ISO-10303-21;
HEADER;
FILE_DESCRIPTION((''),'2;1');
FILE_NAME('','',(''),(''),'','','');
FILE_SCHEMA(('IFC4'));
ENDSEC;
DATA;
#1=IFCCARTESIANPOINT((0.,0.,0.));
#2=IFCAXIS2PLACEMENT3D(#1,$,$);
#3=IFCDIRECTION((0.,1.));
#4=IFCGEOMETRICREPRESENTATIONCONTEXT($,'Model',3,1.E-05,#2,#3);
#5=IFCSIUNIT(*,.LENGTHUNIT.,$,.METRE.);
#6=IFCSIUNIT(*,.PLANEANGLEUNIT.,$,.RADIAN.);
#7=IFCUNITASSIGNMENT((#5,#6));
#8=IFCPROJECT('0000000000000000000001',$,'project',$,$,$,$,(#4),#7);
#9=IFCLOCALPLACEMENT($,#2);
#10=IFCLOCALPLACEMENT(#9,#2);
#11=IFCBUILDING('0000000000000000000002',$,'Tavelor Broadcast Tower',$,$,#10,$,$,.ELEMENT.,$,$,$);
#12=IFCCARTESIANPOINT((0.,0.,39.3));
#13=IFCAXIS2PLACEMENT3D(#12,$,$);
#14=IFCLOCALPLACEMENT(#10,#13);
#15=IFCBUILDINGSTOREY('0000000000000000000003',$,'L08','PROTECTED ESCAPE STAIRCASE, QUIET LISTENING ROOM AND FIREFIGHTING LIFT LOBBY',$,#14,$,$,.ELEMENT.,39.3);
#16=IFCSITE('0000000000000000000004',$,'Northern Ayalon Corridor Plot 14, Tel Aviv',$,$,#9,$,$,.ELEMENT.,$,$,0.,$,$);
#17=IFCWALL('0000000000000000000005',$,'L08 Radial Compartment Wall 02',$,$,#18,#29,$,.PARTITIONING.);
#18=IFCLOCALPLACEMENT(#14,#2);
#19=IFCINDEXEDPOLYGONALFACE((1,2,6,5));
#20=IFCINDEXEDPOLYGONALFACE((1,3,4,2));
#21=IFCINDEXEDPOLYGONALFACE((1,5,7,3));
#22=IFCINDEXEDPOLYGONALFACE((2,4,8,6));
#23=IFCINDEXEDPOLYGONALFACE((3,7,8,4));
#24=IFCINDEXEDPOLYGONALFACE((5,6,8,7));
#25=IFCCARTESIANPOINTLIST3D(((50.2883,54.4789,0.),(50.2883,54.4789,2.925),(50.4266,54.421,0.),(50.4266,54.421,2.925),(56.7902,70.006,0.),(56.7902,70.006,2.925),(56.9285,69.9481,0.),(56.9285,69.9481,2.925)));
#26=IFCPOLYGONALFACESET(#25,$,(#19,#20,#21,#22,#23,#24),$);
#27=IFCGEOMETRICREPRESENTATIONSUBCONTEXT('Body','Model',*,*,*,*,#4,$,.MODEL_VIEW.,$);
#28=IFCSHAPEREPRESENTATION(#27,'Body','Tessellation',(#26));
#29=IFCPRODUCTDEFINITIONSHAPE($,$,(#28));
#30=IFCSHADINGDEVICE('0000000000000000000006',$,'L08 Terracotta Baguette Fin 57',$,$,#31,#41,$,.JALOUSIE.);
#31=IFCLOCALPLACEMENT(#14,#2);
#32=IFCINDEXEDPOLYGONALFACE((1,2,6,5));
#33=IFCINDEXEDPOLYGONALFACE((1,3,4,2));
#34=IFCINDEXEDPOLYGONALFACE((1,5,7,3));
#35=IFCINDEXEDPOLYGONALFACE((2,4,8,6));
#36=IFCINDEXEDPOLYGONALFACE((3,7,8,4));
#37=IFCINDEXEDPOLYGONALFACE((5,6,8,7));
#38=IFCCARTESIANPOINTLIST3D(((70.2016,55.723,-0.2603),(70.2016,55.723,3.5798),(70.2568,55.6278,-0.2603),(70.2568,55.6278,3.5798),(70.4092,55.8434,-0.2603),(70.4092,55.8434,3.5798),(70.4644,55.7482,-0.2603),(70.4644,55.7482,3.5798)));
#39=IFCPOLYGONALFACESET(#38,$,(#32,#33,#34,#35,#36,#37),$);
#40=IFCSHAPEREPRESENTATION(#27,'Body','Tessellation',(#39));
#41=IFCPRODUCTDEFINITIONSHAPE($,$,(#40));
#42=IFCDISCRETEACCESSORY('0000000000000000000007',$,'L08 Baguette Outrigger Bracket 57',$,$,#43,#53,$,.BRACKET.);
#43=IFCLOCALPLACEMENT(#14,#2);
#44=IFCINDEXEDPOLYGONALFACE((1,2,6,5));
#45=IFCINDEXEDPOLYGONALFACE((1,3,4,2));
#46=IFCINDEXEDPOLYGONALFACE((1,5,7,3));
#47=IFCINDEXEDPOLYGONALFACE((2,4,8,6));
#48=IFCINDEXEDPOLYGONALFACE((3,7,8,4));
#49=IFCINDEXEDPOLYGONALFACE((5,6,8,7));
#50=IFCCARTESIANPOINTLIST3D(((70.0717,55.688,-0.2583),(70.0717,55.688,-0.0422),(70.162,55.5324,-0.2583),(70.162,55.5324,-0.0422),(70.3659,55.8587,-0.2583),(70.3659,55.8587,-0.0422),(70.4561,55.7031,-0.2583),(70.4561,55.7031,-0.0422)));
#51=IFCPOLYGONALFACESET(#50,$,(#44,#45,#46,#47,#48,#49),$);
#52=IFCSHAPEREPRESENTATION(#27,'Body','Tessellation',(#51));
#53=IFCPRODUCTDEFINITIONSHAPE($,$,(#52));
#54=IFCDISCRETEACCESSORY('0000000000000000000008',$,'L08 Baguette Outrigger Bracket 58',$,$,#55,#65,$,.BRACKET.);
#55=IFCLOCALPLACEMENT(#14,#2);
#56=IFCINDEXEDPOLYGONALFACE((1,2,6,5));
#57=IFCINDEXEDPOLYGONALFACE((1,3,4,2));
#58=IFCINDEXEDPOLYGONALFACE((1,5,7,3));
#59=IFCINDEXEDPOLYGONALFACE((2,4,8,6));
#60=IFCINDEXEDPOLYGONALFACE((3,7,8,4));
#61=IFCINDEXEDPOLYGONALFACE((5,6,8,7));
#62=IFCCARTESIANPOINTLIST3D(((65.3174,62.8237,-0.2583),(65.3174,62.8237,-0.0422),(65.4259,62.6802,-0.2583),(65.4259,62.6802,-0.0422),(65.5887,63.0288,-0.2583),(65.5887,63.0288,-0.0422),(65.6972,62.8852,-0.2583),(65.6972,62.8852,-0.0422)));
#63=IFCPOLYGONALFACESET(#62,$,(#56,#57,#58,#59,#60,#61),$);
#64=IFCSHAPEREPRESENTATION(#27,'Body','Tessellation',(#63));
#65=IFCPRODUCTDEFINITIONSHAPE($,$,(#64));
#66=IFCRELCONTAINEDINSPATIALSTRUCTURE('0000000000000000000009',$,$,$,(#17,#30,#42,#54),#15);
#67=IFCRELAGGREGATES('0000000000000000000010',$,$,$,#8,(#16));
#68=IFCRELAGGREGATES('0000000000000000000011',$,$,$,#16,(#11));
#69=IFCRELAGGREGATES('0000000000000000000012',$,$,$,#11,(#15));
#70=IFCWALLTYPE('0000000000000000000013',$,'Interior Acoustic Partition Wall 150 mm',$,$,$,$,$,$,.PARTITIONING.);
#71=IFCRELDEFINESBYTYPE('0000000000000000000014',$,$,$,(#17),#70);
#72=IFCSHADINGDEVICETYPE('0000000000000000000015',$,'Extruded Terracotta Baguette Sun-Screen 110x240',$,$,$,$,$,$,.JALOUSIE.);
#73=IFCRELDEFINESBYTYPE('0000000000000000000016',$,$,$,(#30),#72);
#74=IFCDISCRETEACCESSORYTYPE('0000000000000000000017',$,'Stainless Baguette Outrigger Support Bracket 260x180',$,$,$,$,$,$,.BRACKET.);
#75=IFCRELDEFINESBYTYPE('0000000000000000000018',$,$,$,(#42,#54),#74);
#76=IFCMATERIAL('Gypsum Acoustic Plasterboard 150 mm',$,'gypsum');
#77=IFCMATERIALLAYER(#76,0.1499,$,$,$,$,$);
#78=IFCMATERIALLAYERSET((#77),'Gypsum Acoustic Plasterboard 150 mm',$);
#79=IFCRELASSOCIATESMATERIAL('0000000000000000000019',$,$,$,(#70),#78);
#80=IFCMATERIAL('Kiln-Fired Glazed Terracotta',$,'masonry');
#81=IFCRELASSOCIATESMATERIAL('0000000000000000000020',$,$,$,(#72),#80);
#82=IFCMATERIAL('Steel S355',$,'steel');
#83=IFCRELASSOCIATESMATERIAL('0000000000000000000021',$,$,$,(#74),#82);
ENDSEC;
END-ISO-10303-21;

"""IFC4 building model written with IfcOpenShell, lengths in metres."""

from ifc_helpers import new_model, si_unit, direction, frame, frame_2d, origin, origin_2d, place, context, subcontext, project, spatial, rectangle, extrude, source, transform, mapped, material, layer, layer_set, type_object, type_shapes, element, save


model = new_model("IFC4")

# Units and contexts
model_context = context("Model", 3, precision=1e-05, world=origin(), true_north=direction((0.0, 1.0)))
body_context = subcontext(model_context, "Body", "Model", "MODEL_VIEW")
ifc_project = project(units=[si_unit("LENGTHUNIT", "METRE"), si_unit("PLANEANGLEUNIT", "RADIAN")], contexts=[model_context])

# Site, building, storey
site_placement = place(None, origin())
site = spatial("IfcSite", under=ifc_project, at=site_placement, Name="Northern Ayalon Corridor Plot 14, Tel Aviv", CompositionType="ELEMENT", RefElevation=0.0)
building_placement = place(site_placement, origin())
building = spatial("IfcBuilding", under=site, at=building_placement, Name="Tavelor Broadcast Tower", CompositionType="ELEMENT")
storey_placement = place(building_placement, frame((0.0, 0.0, 39.3)))
storey = spatial("IfcBuildingStorey", under=building, at=storey_placement, Name="L08", Description="PROTECTED ESCAPE STAIRCASE, QUIET LISTENING ROOM AND FIREFIGHTING LIFT LOBBY", CompositionType="ELEMENT", Elevation=39.3)

# Shared definitions
ifc_material_1 = material(Name="Steel S355", Category="steel")

# Shared definitions
ifc_material_2 = material(Name="Gypsum Acoustic Plasterboard 150 mm", Category="gypsum")
ifc_layer_1 = layer(ifc_material_2, 0.1499)
ifc_layer_set_1 = layer_set([ifc_layer_1], Name="Gypsum Acoustic Plasterboard 150 mm")
wall_type_1 = type_object("IfcWallType", Name="Interior Acoustic Partition Wall 150 mm", PredefinedType="PARTITIONING", material=ifc_layer_set_1)

# Wall
wall_1_placement = place(storey_placement, frame((50.3574, 54.45, 0.0), z_axis=(0.0, 0.0, 1.0), x_axis=(0.386251, 0.922394, 0.0)))
element("IfcWall", 1, at=wall_1_placement, inside=storey, type_object=wall_type_1, Name="L08 Radial Compartment Wall 02", PredefinedType="PARTITIONING", context=body_context, shape_type="SweptSolid", body=[
    extrude(rectangle(XDim=16.8335, YDim=0.1499, at=frame_2d((8.4167, 0.0))), origin(), (0.0, 0.0, 1.0), 2.925),
])

# Shading device
ifc_material_3 = material(Name="Kiln-Fired Glazed Terracotta", Category="masonry")
shading_device_type = type_object("IfcShadingDeviceType", Name="Extruded Terracotta Baguette Sun-Screen 110x240", PredefinedType="JALOUSIE", material=ifc_material_3)
shared_shape_1 = source(origin(), body_context, "Body", "SweptSolid", [
    extrude(rectangle(XDim=0.1101, YDim=0.24, at=origin_2d()), origin(), (0.0, 0.0, 1.0), 3.8401),
])
type_shapes(shading_device_type, [shared_shape_1])
shading_device_placement = place(storey_placement, frame((70.333, 55.7356, -0.2603), z_axis=(0.0, 0.0, 1.0), x_axis=(-0.501813, 0.864976, 0.0)))
element("IfcShadingDevice", 2, at=shading_device_placement, inside=storey, type_object=shading_device_type, Name="L08 Terracotta Baguette Fin 57", PredefinedType="JALOUSIE", context=body_context, shape_type="MappedRepresentation", body=[
    mapped(shared_shape_1, transform((0.0, 0.0, 0.0), scale=1.0)),
])

# Discrete accessories
discrete_accessory_type = type_object("IfcDiscreteAccessoryType", Name="Stainless Baguette Outrigger Support Bracket 260x180", PredefinedType="BRACKET", material=ifc_material_1)
shared_shape_2 = source(origin(), body_context, "Body", "SweptSolid", [
    extrude(rectangle(XDim=0.1799, YDim=0.3401, at=origin_2d()), origin(), (0.0, 0.0, 1.0), 0.2161),
])
type_shapes(discrete_accessory_type, [shared_shape_2])
for number, where, z_axis, x_axis, name in (
    (3, (70.2639, 55.6956, -0.2583), (0.0, 0.0, 1.0), (-0.501813, 0.864976, 0.0), "L08 Baguette Outrigger Bracket 57"),
    (4, (65.5073, 62.8545, -0.2583), (0.0, 0.0, 1.0), (-0.60293, 0.797794, 0.0), "L08 Baguette Outrigger Bracket 58"),
):
    element("IfcDiscreteAccessory", number, at=place(storey_placement, frame(where, z_axis=z_axis, x_axis=x_axis)), inside=storey, type_object=discrete_accessory_type, Name=name, PredefinedType="BRACKET", context=body_context, shape_type="MappedRepresentation", body=[
        mapped(shared_shape_2, transform((0.0, 0.0, 0.0), scale=1.0)),
    ])

save(model, "model.ifc")
